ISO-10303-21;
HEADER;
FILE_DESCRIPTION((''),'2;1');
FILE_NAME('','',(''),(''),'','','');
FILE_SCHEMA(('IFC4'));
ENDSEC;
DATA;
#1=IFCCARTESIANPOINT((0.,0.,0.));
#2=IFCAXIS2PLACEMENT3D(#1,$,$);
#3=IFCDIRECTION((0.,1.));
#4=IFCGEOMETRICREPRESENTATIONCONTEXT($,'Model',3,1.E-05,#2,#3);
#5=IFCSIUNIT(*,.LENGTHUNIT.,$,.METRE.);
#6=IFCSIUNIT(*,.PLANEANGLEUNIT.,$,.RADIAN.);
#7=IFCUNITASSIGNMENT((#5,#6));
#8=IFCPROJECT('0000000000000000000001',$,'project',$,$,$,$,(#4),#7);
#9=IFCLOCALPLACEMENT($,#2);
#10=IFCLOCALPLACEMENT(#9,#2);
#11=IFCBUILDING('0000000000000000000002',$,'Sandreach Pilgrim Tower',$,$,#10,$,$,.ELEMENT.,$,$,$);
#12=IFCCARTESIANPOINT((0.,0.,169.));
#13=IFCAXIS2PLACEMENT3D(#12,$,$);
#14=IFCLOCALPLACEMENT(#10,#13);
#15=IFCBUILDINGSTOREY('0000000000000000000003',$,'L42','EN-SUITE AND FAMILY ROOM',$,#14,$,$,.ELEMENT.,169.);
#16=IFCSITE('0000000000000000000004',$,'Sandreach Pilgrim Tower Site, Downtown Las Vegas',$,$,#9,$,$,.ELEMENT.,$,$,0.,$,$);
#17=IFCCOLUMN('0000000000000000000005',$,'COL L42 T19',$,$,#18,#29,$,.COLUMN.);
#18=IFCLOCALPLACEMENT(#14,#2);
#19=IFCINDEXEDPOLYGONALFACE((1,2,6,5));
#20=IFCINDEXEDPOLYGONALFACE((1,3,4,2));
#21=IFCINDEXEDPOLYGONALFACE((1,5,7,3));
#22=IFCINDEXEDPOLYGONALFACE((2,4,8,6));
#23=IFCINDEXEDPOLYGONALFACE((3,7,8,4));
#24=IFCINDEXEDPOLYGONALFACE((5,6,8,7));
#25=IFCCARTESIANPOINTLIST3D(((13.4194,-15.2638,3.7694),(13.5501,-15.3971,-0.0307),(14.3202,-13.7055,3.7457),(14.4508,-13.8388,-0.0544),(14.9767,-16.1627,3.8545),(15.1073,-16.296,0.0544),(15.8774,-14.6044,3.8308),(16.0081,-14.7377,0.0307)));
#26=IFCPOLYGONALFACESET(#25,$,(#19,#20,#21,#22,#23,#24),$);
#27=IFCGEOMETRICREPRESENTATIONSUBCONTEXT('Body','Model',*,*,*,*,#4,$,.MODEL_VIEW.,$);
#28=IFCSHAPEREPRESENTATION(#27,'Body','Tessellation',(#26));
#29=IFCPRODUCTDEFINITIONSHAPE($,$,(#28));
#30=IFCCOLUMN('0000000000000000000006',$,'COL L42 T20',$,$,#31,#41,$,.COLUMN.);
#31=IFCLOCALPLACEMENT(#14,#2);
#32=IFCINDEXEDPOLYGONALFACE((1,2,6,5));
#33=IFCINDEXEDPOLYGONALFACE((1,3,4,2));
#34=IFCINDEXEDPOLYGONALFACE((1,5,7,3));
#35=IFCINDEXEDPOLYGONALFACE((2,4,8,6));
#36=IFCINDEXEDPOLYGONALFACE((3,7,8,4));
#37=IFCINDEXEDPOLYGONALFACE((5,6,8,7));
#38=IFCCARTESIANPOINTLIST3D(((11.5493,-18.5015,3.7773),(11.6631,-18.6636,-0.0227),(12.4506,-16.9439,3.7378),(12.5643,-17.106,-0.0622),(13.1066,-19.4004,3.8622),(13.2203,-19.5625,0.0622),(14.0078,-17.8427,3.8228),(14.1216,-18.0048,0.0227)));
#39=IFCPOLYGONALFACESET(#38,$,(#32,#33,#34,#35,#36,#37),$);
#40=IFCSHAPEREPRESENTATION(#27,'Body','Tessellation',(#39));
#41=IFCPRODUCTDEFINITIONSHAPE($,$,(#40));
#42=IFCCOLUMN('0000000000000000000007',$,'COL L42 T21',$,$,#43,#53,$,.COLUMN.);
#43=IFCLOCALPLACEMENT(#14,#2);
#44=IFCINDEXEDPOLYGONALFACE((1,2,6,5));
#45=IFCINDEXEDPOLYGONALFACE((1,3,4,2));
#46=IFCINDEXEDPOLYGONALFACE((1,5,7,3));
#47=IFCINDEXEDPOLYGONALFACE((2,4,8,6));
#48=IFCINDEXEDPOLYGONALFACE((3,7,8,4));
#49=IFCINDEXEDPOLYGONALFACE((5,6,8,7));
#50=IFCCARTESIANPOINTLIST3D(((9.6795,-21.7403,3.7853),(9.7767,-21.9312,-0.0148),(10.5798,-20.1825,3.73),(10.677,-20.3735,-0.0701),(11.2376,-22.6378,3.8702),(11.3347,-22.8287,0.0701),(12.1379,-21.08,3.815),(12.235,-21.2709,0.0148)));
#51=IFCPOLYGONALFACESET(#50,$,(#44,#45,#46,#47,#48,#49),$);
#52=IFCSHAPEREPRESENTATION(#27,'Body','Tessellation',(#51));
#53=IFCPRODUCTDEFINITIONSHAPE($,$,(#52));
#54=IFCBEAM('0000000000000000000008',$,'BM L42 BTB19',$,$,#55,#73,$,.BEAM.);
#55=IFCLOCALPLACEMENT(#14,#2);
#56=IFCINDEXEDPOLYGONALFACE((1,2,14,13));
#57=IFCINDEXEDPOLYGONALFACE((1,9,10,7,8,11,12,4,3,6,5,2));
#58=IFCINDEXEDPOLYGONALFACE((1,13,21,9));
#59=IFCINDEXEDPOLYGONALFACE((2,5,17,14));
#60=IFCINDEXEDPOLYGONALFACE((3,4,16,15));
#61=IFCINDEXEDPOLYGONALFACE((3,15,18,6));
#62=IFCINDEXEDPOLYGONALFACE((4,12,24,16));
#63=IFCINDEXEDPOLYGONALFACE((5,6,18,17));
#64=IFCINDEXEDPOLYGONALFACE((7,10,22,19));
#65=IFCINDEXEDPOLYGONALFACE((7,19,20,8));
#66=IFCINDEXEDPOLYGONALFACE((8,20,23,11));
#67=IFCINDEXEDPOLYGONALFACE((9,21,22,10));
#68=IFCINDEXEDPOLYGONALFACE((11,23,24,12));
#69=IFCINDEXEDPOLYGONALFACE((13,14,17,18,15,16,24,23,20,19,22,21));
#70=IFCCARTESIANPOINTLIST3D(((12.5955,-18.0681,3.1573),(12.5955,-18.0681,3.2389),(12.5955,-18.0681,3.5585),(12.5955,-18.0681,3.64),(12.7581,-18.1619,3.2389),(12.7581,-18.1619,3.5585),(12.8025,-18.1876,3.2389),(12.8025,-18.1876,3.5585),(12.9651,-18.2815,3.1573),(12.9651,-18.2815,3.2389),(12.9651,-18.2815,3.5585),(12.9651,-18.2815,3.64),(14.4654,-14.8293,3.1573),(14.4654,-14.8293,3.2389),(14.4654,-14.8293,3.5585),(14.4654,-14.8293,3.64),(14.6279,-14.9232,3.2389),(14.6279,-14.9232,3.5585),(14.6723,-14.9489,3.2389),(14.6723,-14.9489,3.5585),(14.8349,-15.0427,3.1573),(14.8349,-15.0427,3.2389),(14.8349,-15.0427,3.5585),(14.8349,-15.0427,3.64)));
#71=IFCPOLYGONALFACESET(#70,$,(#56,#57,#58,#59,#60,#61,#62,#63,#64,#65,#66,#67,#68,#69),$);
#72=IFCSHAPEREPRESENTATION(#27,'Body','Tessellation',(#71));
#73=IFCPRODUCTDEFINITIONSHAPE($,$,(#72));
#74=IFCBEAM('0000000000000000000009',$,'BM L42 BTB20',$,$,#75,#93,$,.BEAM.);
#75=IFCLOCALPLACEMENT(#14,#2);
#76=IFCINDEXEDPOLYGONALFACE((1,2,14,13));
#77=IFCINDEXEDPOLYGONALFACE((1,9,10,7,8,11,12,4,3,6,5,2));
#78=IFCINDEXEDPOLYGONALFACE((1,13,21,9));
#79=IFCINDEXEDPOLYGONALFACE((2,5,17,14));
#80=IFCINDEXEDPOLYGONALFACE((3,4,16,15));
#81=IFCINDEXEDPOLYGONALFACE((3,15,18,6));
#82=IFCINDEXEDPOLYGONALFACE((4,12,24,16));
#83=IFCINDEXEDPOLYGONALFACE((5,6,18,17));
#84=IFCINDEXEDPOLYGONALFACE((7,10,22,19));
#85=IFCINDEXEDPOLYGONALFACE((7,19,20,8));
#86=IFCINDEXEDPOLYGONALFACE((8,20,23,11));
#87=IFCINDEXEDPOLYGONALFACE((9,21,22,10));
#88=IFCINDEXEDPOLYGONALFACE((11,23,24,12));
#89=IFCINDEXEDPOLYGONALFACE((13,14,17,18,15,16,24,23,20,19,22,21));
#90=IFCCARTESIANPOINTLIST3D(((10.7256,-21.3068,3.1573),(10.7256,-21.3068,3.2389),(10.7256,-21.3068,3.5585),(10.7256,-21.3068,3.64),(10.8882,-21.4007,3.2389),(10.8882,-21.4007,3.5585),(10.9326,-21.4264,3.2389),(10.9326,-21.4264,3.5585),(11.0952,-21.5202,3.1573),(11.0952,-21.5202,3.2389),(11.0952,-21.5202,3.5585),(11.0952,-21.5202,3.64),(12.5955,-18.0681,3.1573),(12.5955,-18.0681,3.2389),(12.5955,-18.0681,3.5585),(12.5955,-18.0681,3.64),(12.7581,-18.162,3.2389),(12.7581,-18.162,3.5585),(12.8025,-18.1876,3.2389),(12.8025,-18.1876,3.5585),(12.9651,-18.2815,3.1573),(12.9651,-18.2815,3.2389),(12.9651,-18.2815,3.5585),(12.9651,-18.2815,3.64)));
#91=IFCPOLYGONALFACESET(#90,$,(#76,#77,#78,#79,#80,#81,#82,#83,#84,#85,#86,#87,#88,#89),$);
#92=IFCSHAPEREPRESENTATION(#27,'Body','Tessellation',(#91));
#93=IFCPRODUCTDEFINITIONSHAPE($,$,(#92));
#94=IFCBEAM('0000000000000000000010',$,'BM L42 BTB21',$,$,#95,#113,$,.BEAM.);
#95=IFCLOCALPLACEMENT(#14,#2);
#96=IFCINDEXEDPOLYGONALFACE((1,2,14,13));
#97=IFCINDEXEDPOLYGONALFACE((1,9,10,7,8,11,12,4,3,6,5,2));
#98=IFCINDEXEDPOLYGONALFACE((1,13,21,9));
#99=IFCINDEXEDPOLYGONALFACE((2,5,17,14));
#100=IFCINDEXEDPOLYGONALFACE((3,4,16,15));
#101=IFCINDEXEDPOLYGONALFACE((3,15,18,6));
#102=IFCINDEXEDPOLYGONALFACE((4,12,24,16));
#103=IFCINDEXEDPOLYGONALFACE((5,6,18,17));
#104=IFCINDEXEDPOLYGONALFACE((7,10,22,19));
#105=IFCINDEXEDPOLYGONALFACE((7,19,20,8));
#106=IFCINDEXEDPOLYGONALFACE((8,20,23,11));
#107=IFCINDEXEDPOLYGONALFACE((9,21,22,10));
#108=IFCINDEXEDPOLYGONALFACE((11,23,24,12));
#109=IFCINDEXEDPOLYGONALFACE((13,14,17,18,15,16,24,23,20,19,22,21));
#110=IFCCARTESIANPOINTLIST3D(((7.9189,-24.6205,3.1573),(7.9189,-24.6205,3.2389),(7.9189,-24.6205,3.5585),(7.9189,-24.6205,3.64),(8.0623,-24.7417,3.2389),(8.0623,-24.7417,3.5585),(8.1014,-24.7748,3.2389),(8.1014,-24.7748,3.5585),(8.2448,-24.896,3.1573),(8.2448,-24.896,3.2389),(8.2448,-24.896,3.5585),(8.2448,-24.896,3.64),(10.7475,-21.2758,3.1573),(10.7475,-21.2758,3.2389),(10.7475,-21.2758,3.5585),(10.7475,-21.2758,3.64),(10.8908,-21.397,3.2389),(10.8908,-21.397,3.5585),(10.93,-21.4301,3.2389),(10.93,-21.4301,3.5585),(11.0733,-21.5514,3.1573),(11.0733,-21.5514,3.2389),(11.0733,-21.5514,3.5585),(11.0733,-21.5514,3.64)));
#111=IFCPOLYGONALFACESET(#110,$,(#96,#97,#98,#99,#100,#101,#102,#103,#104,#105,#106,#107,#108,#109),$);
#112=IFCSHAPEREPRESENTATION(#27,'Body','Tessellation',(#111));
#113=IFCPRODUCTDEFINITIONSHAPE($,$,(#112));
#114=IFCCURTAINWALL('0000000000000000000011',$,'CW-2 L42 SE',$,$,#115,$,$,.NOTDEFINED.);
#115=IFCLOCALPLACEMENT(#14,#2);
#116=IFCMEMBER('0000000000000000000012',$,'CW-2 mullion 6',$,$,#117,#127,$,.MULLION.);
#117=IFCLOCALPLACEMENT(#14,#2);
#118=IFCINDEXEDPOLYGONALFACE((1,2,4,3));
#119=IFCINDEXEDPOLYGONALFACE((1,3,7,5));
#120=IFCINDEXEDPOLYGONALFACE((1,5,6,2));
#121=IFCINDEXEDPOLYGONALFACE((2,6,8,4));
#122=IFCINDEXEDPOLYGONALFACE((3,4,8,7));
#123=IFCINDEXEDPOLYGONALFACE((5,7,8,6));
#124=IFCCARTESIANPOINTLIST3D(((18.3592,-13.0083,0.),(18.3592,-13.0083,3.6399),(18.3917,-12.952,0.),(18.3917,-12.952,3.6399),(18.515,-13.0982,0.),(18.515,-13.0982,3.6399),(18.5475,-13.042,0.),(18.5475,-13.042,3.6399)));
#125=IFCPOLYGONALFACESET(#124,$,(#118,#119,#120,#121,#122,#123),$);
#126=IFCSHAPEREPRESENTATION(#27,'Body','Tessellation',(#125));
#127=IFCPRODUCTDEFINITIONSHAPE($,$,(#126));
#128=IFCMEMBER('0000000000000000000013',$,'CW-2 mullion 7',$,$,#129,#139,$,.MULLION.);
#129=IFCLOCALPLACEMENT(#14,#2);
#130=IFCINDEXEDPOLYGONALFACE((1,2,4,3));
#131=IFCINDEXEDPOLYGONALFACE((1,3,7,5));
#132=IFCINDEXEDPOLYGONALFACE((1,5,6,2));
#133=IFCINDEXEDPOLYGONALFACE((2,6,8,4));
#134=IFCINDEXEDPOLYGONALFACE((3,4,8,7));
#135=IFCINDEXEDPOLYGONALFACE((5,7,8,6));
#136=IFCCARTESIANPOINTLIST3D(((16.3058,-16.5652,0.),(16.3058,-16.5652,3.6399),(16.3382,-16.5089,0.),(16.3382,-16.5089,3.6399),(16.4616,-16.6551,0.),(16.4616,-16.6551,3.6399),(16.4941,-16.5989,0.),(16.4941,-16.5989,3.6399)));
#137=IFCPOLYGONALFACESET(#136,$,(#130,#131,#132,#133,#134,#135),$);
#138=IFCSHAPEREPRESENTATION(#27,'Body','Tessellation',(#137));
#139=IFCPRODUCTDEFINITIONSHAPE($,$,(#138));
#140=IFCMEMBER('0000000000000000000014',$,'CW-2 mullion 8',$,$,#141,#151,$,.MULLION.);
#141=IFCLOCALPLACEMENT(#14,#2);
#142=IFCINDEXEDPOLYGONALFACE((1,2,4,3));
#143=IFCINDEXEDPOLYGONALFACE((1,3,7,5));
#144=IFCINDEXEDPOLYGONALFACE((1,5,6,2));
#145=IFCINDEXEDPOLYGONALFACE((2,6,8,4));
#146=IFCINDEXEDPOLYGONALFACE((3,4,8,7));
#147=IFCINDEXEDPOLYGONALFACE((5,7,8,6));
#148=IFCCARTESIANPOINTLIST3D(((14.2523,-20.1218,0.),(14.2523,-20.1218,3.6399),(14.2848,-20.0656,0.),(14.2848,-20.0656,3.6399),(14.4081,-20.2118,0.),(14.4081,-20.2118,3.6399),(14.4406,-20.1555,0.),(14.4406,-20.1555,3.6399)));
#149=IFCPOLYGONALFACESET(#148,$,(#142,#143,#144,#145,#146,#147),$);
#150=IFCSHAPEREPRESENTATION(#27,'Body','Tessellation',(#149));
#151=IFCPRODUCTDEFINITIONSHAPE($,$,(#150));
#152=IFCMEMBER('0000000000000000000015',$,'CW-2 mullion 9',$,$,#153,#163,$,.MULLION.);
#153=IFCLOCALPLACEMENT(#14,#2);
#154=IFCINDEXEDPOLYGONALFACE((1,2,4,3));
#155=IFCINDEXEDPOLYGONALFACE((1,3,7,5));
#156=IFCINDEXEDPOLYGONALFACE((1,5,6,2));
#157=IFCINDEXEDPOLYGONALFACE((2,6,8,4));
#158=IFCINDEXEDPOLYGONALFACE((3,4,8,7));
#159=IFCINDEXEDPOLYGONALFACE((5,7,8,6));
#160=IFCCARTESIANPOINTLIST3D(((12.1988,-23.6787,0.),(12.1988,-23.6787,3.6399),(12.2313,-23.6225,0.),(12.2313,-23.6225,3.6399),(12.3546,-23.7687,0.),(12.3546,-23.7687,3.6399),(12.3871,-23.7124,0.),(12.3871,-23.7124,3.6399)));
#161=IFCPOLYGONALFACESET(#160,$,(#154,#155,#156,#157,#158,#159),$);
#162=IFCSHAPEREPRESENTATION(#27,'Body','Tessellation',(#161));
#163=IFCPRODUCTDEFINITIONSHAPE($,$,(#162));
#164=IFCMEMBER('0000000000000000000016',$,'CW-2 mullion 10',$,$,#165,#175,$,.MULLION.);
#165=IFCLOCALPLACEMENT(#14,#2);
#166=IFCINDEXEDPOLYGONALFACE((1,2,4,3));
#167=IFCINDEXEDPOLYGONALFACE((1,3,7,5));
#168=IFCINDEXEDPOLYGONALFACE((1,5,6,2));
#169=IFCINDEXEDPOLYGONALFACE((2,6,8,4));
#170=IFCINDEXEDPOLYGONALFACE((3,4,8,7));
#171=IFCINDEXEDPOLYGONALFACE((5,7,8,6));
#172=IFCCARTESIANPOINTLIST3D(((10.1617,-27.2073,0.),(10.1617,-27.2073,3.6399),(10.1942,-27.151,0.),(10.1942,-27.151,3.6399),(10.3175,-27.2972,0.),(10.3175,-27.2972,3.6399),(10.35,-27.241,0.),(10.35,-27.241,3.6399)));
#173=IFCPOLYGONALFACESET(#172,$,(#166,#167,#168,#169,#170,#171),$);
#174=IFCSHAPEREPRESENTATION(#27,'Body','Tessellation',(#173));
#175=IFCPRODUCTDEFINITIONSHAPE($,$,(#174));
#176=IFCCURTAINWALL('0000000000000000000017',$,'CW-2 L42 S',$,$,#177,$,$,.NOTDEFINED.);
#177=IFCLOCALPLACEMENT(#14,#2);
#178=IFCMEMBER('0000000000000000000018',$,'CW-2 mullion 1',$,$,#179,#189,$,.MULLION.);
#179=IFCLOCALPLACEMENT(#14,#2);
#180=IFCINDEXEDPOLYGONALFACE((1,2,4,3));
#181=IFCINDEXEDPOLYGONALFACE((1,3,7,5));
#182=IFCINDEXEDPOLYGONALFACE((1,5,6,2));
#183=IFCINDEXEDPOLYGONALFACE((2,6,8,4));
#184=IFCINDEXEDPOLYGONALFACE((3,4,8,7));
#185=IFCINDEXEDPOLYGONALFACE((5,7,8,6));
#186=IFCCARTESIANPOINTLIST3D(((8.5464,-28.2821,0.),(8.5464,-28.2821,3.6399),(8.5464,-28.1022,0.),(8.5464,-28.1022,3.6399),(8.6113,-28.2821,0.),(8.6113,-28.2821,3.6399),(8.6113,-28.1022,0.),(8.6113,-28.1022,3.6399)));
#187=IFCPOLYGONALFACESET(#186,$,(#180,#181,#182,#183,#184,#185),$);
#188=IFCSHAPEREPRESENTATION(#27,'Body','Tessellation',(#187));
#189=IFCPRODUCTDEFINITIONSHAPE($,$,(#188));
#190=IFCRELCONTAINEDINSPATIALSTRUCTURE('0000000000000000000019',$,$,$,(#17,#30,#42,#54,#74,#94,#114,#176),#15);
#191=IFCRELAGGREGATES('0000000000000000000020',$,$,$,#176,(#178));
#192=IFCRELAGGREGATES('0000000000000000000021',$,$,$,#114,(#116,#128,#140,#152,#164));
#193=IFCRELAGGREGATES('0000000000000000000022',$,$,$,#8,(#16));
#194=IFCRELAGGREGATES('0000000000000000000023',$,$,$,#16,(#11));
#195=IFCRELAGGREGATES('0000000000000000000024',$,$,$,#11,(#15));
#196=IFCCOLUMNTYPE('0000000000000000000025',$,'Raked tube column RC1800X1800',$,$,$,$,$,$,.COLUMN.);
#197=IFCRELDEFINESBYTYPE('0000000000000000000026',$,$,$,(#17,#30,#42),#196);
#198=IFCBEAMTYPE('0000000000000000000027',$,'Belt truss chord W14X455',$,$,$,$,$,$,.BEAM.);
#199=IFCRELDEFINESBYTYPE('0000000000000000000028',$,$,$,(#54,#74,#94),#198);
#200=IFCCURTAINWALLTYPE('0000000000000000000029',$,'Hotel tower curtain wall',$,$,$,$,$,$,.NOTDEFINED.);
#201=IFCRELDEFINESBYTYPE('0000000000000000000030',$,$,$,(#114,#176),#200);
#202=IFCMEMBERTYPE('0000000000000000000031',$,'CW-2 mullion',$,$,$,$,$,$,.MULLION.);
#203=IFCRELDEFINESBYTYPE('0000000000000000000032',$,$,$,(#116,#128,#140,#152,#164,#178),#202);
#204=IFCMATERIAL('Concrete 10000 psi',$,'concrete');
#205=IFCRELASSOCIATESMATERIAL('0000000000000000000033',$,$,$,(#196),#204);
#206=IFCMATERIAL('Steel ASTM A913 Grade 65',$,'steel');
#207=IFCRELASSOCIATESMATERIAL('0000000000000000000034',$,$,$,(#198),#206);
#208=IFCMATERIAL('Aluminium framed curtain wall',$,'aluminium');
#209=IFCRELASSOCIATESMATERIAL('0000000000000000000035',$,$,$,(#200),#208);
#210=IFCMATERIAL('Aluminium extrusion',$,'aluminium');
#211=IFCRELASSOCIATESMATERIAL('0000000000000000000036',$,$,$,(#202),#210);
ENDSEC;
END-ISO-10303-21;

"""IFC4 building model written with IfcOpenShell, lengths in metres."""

from ifc_helpers import new_model, si_unit, direction, frame, origin, origin_2d, place, context, subcontext, project, spatial, rectangle, i_section, extrude, material, material_profile, profile_set, type_object, element, aggregate, save


model = new_model("IFC4")

# Units and contexts
model_context = context("Model", 3, precision=1e-05, world=origin(), true_north=direction((0.0, 1.0)))
body_context = subcontext(model_context, "Body", "Model", "MODEL_VIEW")
ifc_project = project(units=[si_unit("LENGTHUNIT", "METRE"), si_unit("PLANEANGLEUNIT", "RADIAN")], contexts=[model_context])

# Site, building, storey
site_placement = place(None, origin())
site = spatial("IfcSite", under=ifc_project, at=site_placement, Name="Sandreach Pilgrim Tower Site, Downtown Las Vegas", CompositionType="ELEMENT", RefElevation=0.0)
building_placement = place(site_placement, origin())
building = spatial("IfcBuilding", under=site, at=building_placement, Name="Sandreach Pilgrim Tower", CompositionType="ELEMENT")
storey_placement = place(building_placement, frame((0.0, 0.0, 169.0)))
storey = spatial("IfcBuildingStorey", under=building, at=storey_placement, Name="L42", Description="EN-SUITE AND FAMILY ROOM", CompositionType="ELEMENT", Elevation=169.0)

# Columns
ifc_material_1 = material(Name="Concrete 10000 psi", Category="concrete")
ifc_material_profile_1 = material_profile(ifc_material_1, rectangle(XDim=1.8, YDim=1.8, at=origin_2d()), Name="RC1800X1800")
ifc_profile_set_1 = profile_set([ifc_material_profile_1], Name="Concrete 10000 psi")
column_type = type_object("IfcColumnType", Name="Raked tube column RC1800X1800", PredefinedType="COLUMN", material=ifc_profile_set_1)
column_1_placement = place(storey_placement, frame((14.7791, -15.0674, 0.0), z_axis=(-0.034331, 0.035036, 0.998796), x_axis=(0.86511, -0.499351, 0.047252)))
element("IfcColumn", 1, at=column_1_placement, inside=storey, type_object=column_type, Name="COL L42 T19", PredefinedType="COLUMN", context=body_context, shape_type="SweptSolid", body=[
    extrude(rectangle(XDim=1.8, YDim=1.8, at=origin_2d()), origin(), (0.0, 0.0, 1.0), 3.8047),
])
column_2_placement = place(storey_placement, frame((12.8923, -18.3342, 0.0), z_axis=(-0.029898, 0.042602, 0.998645), x_axis=(0.865116, -0.499346, 0.047203)))
element("IfcColumn", 2, at=column_2_placement, inside=storey, type_object=column_type, Name="COL L42 T20", PredefinedType="COLUMN", context=body_context, shape_type="SweptSolid", body=[
    extrude(rectangle(XDim=1.8, YDim=1.8, at=origin_2d()), origin(), (0.0, 0.0, 1.0), 3.8052),
])
column_3_placement = place(storey_placement, frame((11.0059, -21.6011, 0.0), z_axis=(-0.02553, 0.050161, 0.998415), x_axis=(0.865565, -0.498569, 0.047181)))
element("IfcColumn", 3, at=column_3_placement, inside=storey, type_object=column_type, Name="COL L42 T21", PredefinedType="COLUMN", context=body_context, shape_type="SweptSolid", body=[
    extrude(rectangle(XDim=1.8, YDim=1.8, at=origin_2d()), origin(), (0.0, 0.0, 1.0), 3.8062),
])

# Beams
ifc_material_2 = material(Name="Steel ASTM A913 Grade 65", Category="steel")
ifc_material_profile_2 = material_profile(ifc_material_2, i_section(OverallWidth=0.4268, OverallDepth=0.4827, WebThickness=0.0513, FlangeThickness=0.0815, at=origin_2d()), Name="W14X455")
ifc_profile_set_2 = profile_set([ifc_material_profile_2], Name="Steel ASTM A913 Grade 65")
beam_type_1 = type_object("IfcBeamType", Name="Belt truss chord W14X455", PredefinedType="BEAM", material=ifc_profile_set_2)
for number, where, z_axis, x_axis, name in (
    (4, (14.6501, -14.936, 3.3987), (-0.499994, -0.866029, 0.0), (0.866029, -0.499994, 0.0), "BM L42 BTB19"),
    (5, (12.7803, -18.1748, 3.3987), (-0.499994, -0.866029, 0.0), (0.866029, -0.499994, 0.0), "BM L42 BTB20"),
):
    element("IfcBeam", number, at=place(storey_placement, frame(where, z_axis=z_axis, x_axis=x_axis)), inside=storey, type_object=beam_type_1, Name=name, PredefinedType="BEAM", context=body_context, shape_type="SweptSolid", body=[
        extrude(i_section(OverallWidth=0.4268, OverallDepth=0.4827, WebThickness=0.0513, FlangeThickness=0.0815, at=origin_2d()), origin(), (0.0, 0.0, 1.0), 3.7397),
    ])
beam_1_placement = place(storey_placement, frame((10.9104, -21.4136, 3.3987), z_axis=(-0.645737, -0.76356, 0.0), x_axis=(0.76356, -0.645737, 0.0)))
element("IfcBeam", 6, at=beam_1_placement, inside=storey, type_object=beam_type_1, Name="BM L42 BTB21", PredefinedType="BEAM", context=body_context, shape_type="SweptSolid", body=[
    extrude(i_section(OverallWidth=0.4268, OverallDepth=0.4827, WebThickness=0.0513, FlangeThickness=0.0815, at=origin_2d()), origin(), (0.0, 0.0, 1.0), 4.3804),
])

# Curtain wall, members
ifc_material_3 = material(Name="Aluminium framed curtain wall", Category="aluminium")
curtain_wall_type = type_object("IfcCurtainWallType", Name="Hotel tower curtain wall", PredefinedType="NOTDEFINED", material=ifc_material_3)
curtain_wall_1_placement = place(storey_placement, origin())
curtain_wall_1 = element("IfcCurtainWall", 7, at=curtain_wall_1_placement, inside=storey, type_object=curtain_wall_type, Name="CW-2 L42 SE", PredefinedType="NOTDEFINED")
ifc_material_4 = material(Name="Aluminium extrusion", Category="aluminium")
ifc_material_profile_3 = material_profile(ifc_material_4, rectangle(XDim=0.0649, YDim=0.1799, at=origin_2d()), Name="CW-2M 65X180")
ifc_profile_set_3 = profile_set([ifc_material_profile_3], Name="Aluminium extrusion")
member_type_1 = type_object("IfcMemberType", Name="CW-2 mullion", PredefinedType="MULLION", material=ifc_profile_set_3)
member_1_placement = place(storey_placement, frame((18.4534, -13.0251, 0.0), z_axis=(0.0, 0.0, 1.0), x_axis=(-0.5, -0.866025, 0.0)))
member_1 = element("IfcMember", 8, at=member_1_placement, type_object=member_type_1, Name="CW-2 mullion 6", PredefinedType="MULLION", context=body_context, shape_type="SweptSolid", body=[
    extrude(rectangle(XDim=0.0649, YDim=0.1799, at=origin_2d()), origin(), (0.0, 0.0, 1.0), 3.6399),
])
member_2_placement = place(storey_placement, frame((16.3999, -16.582, 0.0), z_axis=(0.0, 0.0, 1.0), x_axis=(-0.5, -0.866025, 0.0)))
member_2 = element("IfcMember", 9, at=member_2_placement, type_object=member_type_1, Name="CW-2 mullion 7", PredefinedType="MULLION", context=body_context, shape_type="SweptSolid", body=[
    extrude(rectangle(XDim=0.0649, YDim=0.1799, at=origin_2d()), origin(), (0.0, 0.0, 1.0), 3.6399),
])
member_3_placement = place(storey_placement, frame((14.3464, -20.1387, 0.0), z_axis=(0.0, 0.0, 1.0), x_axis=(-0.5, -0.866025, 0.0)))
member_3 = element("IfcMember", 10, at=member_3_placement, type_object=member_type_1, Name="CW-2 mullion 8", PredefinedType="MULLION", context=body_context, shape_type="SweptSolid", body=[
    extrude(rectangle(XDim=0.0649, YDim=0.1799, at=origin_2d()), origin(), (0.0, 0.0, 1.0), 3.6399),
])
member_4_placement = place(storey_placement, frame((12.293, -23.6956, 0.0), z_axis=(0.0, 0.0, 1.0), x_axis=(-0.5, -0.866025, 0.0)))
member_4 = element("IfcMember", 11, at=member_4_placement, type_object=member_type_1, Name="CW-2 mullion 9", PredefinedType="MULLION", context=body_context, shape_type="SweptSolid", body=[
    extrude(rectangle(XDim=0.0649, YDim=0.1799, at=origin_2d()), origin(), (0.0, 0.0, 1.0), 3.6399),
])
member_5_placement = place(storey_placement, frame((10.2559, -27.2241, 0.0), z_axis=(0.0, 0.0, 1.0), x_axis=(-0.5, -0.866025, 0.0)))
member_5 = element("IfcMember", 12, at=member_5_placement, type_object=member_type_1, Name="CW-2 mullion 10", PredefinedType="MULLION", context=body_context, shape_type="SweptSolid", body=[
    extrude(rectangle(XDim=0.0649, YDim=0.1799, at=origin_2d()), origin(), (0.0, 0.0, 1.0), 3.6399),
])

# Curtain wall, member
curtain_wall_2_placement = place(storey_placement, origin())
curtain_wall_2 = element("IfcCurtainWall", 13, at=curtain_wall_2_placement, inside=storey, type_object=curtain_wall_type, Name="CW-2 L42 S", PredefinedType="NOTDEFINED")
member_6_placement = place(storey_placement, frame((8.5789, -28.1921, 0.0), z_axis=(0.0, 0.0, 1.0), x_axis=(-1.0, 0.0, 0.0)))
member_6 = element("IfcMember", 14, at=member_6_placement, type_object=member_type_1, Name="CW-2 mullion 1", PredefinedType="MULLION", context=body_context, shape_type="SweptSolid", body=[
    extrude(rectangle(XDim=0.0649, YDim=0.1799, at=origin_2d()), origin(), (0.0, 0.0, 1.0), 3.6399),
])
aggregate(curtain_wall_2, [member_6])

aggregate(curtain_wall_1, [member_1, member_2, member_3, member_4, member_5])

save(model, "model.ifc")
